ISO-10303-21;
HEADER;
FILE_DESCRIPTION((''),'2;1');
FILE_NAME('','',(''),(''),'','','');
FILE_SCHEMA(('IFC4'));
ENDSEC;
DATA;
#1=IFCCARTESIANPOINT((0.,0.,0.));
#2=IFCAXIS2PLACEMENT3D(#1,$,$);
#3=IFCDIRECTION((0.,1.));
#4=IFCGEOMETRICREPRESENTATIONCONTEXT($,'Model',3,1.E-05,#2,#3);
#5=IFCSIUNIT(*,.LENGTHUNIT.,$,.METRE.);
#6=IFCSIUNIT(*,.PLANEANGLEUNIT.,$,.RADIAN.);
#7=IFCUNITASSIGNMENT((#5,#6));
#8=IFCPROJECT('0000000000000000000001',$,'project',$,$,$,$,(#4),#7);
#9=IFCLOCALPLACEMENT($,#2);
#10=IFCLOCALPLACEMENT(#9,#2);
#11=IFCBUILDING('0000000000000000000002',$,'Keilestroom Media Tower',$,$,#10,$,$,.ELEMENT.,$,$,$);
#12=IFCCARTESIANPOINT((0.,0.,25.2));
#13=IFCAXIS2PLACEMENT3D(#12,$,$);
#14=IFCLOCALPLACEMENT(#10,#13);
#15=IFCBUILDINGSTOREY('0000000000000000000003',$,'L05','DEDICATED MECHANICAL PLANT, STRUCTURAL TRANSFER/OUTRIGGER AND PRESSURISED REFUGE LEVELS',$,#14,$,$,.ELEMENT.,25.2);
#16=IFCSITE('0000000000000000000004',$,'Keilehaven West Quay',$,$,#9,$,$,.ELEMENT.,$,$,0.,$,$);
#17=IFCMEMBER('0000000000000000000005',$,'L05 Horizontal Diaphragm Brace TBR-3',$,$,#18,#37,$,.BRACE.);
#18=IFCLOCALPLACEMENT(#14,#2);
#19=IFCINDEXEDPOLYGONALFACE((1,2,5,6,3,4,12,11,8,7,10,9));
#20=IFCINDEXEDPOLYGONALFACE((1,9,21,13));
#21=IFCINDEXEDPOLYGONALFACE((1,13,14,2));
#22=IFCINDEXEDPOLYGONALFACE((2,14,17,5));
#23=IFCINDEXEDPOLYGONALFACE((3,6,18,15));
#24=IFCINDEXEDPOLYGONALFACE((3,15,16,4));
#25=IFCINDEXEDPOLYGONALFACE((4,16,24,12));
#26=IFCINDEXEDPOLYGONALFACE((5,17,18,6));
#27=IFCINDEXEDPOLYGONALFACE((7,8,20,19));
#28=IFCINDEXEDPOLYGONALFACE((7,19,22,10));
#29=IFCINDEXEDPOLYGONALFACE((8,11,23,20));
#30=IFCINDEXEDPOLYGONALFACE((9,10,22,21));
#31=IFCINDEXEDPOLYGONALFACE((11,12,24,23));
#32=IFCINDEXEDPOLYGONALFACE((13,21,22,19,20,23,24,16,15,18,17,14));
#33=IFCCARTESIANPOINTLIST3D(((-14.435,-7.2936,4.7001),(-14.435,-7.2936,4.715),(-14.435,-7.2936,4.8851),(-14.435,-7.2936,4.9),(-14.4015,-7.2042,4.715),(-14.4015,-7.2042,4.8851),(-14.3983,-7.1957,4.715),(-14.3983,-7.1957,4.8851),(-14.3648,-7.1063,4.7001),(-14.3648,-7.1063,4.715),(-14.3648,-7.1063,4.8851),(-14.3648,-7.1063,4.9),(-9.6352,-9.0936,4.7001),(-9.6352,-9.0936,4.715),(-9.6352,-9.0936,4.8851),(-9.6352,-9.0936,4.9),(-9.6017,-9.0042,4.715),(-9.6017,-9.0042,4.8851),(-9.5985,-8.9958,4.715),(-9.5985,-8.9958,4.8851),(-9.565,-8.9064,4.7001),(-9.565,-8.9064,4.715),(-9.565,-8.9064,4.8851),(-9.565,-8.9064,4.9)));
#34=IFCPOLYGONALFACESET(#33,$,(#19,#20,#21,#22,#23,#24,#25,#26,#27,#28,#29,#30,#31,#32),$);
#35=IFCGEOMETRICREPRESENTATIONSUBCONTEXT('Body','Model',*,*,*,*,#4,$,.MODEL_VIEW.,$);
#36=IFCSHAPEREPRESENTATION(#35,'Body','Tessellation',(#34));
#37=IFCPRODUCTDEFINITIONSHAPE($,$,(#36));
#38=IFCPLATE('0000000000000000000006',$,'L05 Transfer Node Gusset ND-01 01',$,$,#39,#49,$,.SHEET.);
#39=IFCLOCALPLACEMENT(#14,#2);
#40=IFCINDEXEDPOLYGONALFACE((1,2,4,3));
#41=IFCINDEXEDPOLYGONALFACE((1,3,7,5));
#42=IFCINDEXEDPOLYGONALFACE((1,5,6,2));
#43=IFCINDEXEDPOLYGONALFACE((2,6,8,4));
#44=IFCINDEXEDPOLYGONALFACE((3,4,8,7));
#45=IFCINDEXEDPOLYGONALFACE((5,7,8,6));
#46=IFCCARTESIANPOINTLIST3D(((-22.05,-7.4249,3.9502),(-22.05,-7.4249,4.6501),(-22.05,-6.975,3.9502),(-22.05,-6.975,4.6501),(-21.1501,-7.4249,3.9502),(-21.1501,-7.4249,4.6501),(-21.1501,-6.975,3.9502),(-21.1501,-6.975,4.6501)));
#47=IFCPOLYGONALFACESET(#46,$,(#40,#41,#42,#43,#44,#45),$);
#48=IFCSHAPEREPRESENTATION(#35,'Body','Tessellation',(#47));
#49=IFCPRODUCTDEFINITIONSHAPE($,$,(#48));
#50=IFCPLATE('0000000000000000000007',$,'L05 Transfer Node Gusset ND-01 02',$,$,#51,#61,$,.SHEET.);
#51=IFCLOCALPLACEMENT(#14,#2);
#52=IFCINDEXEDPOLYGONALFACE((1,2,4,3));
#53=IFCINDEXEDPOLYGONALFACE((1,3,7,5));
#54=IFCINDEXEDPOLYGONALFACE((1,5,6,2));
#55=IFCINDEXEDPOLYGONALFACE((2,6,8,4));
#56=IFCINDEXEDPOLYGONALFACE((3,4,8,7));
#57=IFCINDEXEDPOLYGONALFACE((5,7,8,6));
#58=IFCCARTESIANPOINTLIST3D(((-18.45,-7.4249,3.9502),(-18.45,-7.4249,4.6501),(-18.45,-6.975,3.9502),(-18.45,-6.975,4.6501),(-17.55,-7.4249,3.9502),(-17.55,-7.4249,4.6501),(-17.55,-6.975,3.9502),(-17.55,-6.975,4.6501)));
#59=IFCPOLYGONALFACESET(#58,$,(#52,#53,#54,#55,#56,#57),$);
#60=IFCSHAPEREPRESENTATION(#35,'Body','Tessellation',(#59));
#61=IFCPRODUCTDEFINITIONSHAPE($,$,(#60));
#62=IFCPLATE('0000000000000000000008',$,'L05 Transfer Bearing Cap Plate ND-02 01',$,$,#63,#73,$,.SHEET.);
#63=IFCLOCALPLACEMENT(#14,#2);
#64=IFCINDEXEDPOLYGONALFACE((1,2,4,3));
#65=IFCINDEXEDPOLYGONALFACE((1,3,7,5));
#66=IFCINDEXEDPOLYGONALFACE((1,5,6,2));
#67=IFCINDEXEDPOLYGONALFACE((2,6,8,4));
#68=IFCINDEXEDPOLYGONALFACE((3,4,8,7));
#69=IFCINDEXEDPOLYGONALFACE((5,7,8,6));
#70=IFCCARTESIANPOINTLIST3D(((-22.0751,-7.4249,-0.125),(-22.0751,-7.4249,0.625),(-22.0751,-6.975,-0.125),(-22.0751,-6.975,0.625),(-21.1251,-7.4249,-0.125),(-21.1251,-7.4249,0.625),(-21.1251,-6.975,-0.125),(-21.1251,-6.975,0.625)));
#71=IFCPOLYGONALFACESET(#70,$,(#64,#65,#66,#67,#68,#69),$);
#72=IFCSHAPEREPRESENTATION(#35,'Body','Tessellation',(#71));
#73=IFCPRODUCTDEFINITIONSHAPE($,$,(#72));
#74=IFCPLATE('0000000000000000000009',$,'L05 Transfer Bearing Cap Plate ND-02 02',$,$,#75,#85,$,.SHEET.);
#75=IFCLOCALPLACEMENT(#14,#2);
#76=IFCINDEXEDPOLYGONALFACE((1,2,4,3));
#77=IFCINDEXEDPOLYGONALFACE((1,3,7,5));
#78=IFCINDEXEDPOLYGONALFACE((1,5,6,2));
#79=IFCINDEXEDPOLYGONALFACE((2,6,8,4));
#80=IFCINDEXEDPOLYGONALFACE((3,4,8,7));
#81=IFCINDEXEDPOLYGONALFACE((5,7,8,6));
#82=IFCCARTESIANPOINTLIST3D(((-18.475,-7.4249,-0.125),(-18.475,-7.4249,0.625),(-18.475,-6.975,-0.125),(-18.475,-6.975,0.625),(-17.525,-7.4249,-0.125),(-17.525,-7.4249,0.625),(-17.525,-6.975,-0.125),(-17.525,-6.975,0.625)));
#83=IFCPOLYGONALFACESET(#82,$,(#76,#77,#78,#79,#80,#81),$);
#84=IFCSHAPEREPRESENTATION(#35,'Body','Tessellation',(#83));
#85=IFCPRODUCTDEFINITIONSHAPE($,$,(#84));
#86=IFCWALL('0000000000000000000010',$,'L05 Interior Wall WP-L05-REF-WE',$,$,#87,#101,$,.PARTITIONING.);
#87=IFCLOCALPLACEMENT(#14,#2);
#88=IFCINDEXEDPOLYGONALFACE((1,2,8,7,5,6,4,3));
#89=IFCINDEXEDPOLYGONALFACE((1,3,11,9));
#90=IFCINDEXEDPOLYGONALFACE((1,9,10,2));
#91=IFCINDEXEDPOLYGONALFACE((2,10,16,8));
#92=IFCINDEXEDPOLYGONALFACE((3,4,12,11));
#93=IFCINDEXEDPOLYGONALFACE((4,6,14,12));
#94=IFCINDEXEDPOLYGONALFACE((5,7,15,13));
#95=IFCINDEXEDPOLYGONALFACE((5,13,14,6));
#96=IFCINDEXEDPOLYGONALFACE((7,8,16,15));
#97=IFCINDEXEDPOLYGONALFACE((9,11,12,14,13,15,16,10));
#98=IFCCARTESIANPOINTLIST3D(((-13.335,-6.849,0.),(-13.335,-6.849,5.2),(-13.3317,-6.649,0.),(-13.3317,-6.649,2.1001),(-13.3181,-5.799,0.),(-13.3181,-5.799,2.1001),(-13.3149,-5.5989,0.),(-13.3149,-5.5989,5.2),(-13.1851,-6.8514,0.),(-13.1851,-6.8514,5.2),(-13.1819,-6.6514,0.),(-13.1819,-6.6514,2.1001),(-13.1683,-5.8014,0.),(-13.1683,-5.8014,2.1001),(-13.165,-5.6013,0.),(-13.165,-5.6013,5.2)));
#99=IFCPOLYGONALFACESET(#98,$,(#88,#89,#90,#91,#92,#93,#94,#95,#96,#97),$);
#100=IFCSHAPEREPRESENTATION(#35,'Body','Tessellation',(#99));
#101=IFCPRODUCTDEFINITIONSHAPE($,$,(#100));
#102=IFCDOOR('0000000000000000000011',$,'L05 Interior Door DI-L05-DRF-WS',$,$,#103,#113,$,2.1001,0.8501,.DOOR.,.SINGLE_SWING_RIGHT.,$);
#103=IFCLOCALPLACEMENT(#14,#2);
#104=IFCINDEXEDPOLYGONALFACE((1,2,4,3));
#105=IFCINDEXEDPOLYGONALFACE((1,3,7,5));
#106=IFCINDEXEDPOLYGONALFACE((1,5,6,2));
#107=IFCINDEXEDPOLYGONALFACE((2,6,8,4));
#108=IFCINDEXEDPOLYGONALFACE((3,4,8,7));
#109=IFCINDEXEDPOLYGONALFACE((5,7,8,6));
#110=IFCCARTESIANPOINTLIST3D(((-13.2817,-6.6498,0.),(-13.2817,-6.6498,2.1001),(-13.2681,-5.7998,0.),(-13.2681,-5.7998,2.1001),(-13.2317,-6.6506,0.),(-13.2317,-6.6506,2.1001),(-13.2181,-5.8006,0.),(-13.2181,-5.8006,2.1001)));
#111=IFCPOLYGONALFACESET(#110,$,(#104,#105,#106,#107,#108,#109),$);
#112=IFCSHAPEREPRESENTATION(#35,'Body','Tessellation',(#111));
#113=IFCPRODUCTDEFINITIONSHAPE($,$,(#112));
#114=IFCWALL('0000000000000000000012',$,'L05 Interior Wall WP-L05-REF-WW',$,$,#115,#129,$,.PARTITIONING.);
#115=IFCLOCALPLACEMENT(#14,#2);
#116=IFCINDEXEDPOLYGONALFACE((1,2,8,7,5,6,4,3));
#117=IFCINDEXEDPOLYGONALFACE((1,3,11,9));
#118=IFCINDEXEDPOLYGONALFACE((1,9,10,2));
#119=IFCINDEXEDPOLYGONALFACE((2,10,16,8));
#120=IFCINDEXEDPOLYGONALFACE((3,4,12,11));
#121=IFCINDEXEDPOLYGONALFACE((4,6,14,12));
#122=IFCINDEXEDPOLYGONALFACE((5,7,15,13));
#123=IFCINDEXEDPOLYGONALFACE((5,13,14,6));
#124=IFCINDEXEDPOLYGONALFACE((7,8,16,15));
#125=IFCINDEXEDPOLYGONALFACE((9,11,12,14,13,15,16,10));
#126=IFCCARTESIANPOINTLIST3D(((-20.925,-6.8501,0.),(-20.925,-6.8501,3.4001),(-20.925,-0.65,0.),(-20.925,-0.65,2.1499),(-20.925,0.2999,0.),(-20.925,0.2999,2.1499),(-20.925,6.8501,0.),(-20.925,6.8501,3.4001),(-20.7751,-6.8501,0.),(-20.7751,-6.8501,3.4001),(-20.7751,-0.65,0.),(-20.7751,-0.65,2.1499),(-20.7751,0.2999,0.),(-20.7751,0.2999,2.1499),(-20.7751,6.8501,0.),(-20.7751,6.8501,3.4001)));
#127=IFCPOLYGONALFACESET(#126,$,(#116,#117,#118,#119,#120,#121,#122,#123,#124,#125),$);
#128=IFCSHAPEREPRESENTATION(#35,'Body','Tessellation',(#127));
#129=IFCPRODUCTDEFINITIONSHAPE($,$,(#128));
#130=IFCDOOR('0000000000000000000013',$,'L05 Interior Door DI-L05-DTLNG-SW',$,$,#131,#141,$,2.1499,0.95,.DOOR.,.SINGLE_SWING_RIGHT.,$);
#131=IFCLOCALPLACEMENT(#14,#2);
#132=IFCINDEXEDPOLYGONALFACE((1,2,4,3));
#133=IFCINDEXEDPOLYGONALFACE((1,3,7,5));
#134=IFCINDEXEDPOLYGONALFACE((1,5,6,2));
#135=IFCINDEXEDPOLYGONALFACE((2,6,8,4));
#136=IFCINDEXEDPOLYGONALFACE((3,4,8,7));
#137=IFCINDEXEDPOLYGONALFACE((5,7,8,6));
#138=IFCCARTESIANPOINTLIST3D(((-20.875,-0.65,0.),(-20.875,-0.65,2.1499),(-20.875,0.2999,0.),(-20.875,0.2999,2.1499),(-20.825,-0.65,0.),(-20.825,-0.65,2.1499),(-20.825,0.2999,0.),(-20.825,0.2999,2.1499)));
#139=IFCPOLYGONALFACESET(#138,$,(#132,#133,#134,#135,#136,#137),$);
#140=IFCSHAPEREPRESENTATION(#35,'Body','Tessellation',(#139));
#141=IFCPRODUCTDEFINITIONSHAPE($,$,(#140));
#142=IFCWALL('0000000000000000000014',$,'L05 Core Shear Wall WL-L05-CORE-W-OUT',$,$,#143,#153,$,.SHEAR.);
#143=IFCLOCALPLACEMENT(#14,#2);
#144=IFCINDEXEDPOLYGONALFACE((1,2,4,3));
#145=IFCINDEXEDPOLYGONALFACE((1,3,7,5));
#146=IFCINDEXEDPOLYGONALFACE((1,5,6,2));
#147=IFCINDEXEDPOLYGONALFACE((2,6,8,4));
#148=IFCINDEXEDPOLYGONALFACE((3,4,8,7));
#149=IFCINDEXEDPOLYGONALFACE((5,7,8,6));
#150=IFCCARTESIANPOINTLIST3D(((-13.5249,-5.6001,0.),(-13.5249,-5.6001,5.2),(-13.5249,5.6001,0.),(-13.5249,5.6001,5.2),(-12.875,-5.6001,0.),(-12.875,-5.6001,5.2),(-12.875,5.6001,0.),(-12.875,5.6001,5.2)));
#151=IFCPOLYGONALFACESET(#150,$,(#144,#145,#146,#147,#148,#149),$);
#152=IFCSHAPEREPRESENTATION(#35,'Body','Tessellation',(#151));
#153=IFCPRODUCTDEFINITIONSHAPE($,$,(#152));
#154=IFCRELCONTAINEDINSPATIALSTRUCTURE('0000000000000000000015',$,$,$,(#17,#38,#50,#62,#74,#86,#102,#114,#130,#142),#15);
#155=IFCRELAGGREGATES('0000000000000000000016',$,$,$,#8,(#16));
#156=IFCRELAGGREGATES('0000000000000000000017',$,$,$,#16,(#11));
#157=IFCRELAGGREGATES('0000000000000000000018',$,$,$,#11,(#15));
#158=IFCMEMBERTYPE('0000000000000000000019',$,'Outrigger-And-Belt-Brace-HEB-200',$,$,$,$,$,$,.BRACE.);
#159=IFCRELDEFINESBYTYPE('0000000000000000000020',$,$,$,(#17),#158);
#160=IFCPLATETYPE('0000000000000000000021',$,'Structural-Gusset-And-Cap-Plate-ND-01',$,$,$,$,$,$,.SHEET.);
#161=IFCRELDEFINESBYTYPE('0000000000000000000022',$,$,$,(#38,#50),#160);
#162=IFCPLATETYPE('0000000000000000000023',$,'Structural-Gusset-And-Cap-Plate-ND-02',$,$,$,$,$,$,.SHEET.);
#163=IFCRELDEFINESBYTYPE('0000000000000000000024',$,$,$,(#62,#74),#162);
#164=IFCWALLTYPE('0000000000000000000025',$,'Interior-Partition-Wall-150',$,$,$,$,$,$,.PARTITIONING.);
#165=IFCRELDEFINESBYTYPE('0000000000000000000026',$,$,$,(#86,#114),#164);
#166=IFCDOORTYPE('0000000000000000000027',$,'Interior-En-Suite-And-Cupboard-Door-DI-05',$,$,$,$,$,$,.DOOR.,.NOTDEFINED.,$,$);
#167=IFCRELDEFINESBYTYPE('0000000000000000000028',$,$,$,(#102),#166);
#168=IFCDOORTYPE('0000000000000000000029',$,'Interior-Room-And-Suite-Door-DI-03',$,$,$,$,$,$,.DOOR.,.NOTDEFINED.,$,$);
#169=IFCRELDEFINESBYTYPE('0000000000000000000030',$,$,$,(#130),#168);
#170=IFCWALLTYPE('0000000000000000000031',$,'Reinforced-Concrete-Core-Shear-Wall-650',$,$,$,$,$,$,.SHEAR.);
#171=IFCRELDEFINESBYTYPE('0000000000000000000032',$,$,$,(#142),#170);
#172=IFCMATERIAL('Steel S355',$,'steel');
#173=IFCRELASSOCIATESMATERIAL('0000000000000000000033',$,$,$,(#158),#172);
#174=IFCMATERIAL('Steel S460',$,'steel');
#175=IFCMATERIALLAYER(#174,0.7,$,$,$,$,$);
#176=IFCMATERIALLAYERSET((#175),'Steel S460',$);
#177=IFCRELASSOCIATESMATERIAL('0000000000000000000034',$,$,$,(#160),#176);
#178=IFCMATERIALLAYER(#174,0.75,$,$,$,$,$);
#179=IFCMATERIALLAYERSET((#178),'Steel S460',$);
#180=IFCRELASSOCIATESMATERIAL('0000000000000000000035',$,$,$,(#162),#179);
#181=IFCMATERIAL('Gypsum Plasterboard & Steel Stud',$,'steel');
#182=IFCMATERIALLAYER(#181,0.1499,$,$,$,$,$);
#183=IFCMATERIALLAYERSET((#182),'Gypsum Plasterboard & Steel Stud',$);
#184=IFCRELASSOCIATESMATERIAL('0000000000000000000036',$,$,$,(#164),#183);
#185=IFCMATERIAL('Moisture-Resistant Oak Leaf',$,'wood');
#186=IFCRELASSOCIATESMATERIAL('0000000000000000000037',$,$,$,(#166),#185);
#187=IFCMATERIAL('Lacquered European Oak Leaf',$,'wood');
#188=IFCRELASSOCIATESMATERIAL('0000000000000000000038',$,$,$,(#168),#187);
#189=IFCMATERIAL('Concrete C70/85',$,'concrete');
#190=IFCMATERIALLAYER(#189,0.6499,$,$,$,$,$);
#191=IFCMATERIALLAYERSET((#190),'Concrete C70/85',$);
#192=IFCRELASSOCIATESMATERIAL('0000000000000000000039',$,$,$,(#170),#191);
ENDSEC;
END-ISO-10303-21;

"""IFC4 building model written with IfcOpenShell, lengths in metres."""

from ifc_helpers import new_model, si_unit, direction, frame, frame_2d, origin, origin_2d, place, context, subcontext, project, spatial, rectangle, i_section, extrude, source, transform, mapped, material, layer, layer_set, material_profile, profile_set, type_object, element, fill, save


model = new_model("IFC4")

# Units and contexts
model_context = context("Model", 3, precision=1e-05, world=origin(), true_north=direction((0.0, 1.0)))
body_context = subcontext(model_context, "Body", "Model", "MODEL_VIEW")
ifc_project = project(units=[si_unit("LENGTHUNIT", "METRE"), si_unit("PLANEANGLEUNIT", "RADIAN")], contexts=[model_context])

# Site, building, storey
site_placement = place(None, origin())
site = spatial("IfcSite", under=ifc_project, at=site_placement, Name="Keilehaven West Quay", CompositionType="ELEMENT", RefElevation=0.0)
building_placement = place(site_placement, origin())
building = spatial("IfcBuilding", under=site, at=building_placement, Name="Keilestroom Media Tower", CompositionType="ELEMENT")
storey_placement = place(building_placement, frame((0.0, 0.0, 25.2)))
storey = spatial("IfcBuildingStorey", under=building, at=storey_placement, Name="L05", Description="DEDICATED MECHANICAL PLANT, STRUCTURAL TRANSFER/OUTRIGGER AND PRESSURISED REFUGE LEVELS", CompositionType="ELEMENT", Elevation=25.2)

# Shared definitions
ifc_material_1 = material(Name="Concrete C70/85", Category="concrete")

# Shared definitions
ifc_material_2 = material(Name="Steel S355", Category="steel")
ifc_material_3 = material(Name="Steel S460", Category="steel")

# Member
ifc_material_profile_1 = material_profile(ifc_material_2, i_section(OverallWidth=0.2, OverallDepth=0.2, WebThickness=0.009, FlangeThickness=0.0149, at=origin_2d()), Name="HEB 200")
ifc_profile_set_1 = profile_set([ifc_material_profile_1], Name="Steel S355")
member_type_1 = type_object("IfcMemberType", Name="Outrigger-And-Belt-Brace-HEB-200", PredefinedType="BRACE", material=ifc_profile_set_1)
shared_shape_1 = source(origin(), body_context, "Body", "SweptSolid", [
    extrude(i_section(OverallWidth=0.2, OverallDepth=0.2, WebThickness=0.009, FlangeThickness=0.0149, at=origin_2d()), origin(), (0.0, 0.0, 1.0), 5.1262),
])
member_1_placement = place(storey_placement, frame((-14.3999, -7.2, 4.8), z_axis=(0.936321, -0.351144, 0.0), x_axis=(0.351144, 0.936321, 0.0)))
element("IfcMember", 1, at=member_1_placement, inside=storey, type_object=member_type_1, Name="L05 Horizontal Diaphragm Brace TBR-3", PredefinedType="BRACE", context=body_context, shape_type="MappedRepresentation", body=[
    mapped(shared_shape_1, transform((0.0, 0.0, 0.0), x_axis=(1.0, 0.0, 0.0), y_axis=(0.0, 1.0, 0.0), z_axis=(0.0, 0.0, 1.0), scale=1.0)),
])

# Plates
ifc_layer_1 = layer(ifc_material_3, 0.7)
ifc_layer_set_1 = layer_set([ifc_layer_1], Name="Steel S460")
plate_type_1 = type_object("IfcPlateType", Name="Structural-Gusset-And-Cap-Plate-ND-01", PredefinedType="SHEET", material=ifc_layer_set_1)
shared_shape_2 = source(origin(), body_context, "Body", "SweptSolid", [
    extrude(rectangle(XDim=0.8999, YDim=0.45, at=origin_2d()), origin(), (0.0, 0.0, 1.0), 0.7),
])
for number, where, z_axis, x_axis, name in (
    (2, (-21.6001, -7.2, 3.9502), (0.0, 0.0, 1.0), (1.0, 0.0, 0.0), "L05 Transfer Node Gusset ND-01 01"),
    (3, (-18.0, -7.2, 3.9502), (0.0, 0.0, 1.0), (1.0, 0.0, 0.0), "L05 Transfer Node Gusset ND-01 02"),
):
    element("IfcPlate", number, at=place(storey_placement, frame(where, z_axis=z_axis, x_axis=x_axis)), inside=storey, type_object=plate_type_1, Name=name, PredefinedType="SHEET", context=body_context, shape_type="MappedRepresentation", body=[
        mapped(shared_shape_2, transform((0.0, 0.0, 0.0), x_axis=(1.0, 0.0, 0.0), y_axis=(0.0, 1.0, 0.0), z_axis=(0.0, 0.0, 1.0), scale=1.0)),
    ])
ifc_layer_2 = layer(ifc_material_3, 0.75)
ifc_layer_set_2 = layer_set([ifc_layer_2], Name="Steel S460")
plate_type_2 = type_object("IfcPlateType", Name="Structural-Gusset-And-Cap-Plate-ND-02", PredefinedType="SHEET", material=ifc_layer_set_2)
shared_shape_3 = source(origin(), body_context, "Body", "SweptSolid", [
    extrude(rectangle(XDim=0.95, YDim=0.45, at=origin_2d()), origin(), (0.0, 0.0, 1.0), 0.75),
])
for number, where, z_axis, x_axis, name in (
    (4, (-21.6001, -7.2, -0.125), (0.0, 0.0, 1.0), (1.0, 0.0, 0.0), "L05 Transfer Bearing Cap Plate ND-02 01"),
    (5, (-18.0, -7.2, -0.125), (0.0, 0.0, 1.0), (1.0, 0.0, 0.0), "L05 Transfer Bearing Cap Plate ND-02 02"),
):
    element("IfcPlate", number, at=place(storey_placement, frame(where, z_axis=z_axis, x_axis=x_axis)), inside=storey, type_object=plate_type_2, Name=name, PredefinedType="SHEET", context=body_context, shape_type="MappedRepresentation", body=[
        mapped(shared_shape_3, transform((0.0, 0.0, 0.0), x_axis=(1.0, 0.0, 0.0), y_axis=(0.0, 1.0, 0.0), z_axis=(0.0, 0.0, 1.0), scale=1.0)),
    ])

# Walls, openings, doors
ifc_material_4 = material(Name="Gypsum Plasterboard & Steel Stud", Category="steel")
ifc_layer_3 = layer(ifc_material_4, 0.1499)
ifc_layer_set_3 = layer_set([ifc_layer_3], Name="Gypsum Plasterboard & Steel Stud")
wall_type_1 = type_object("IfcWallType", Name="Interior-Partition-Wall-150", PredefinedType="PARTITIONING", material=ifc_layer_set_3)
wall_1_placement = place(storey_placement, frame((-13.26, -6.8501, 0.0), z_axis=(0.0, 0.0, 1.0), x_axis=(0.016014, 0.999872, 0.0)))
wall_1 = element("IfcWall", 6, at=wall_1_placement, inside=storey, type_object=wall_type_1, Name="L05 Interior Wall WP-L05-REF-WE", PredefinedType="PARTITIONING", context=body_context, shape_type="SweptSolid", body=[
    extrude(rectangle(XDim=1.2502, YDim=0.1499, at=frame_2d((0.625, 0.0))), origin(), (0.0, 0.0, 1.0), 5.2),
])
opening_1_placement = place(wall_1_placement, frame((0.2, 0.0, 0.0)))
opening_1 = element("IfcOpeningElement", 7, at=opening_1_placement, cuts=wall_1, PredefinedType="OPENING", context=body_context, shape_type="SweptSolid", body=[
    extrude(rectangle(XDim=0.8501, YDim=2.1001, at=frame_2d((0.425, 1.05))), frame((0.0, 0.085, 0.0), z_axis=(0.0, -1.0, 0.0), x_axis=(1.0, 0.0, 0.0)), (0.0, 0.0, 1.0), 0.1699),
])
ifc_material_5 = material(Name="Moisture-Resistant Oak Leaf", Category="wood")
door_type_1 = type_object("IfcDoorType", Name="Interior-En-Suite-And-Cupboard-Door-DI-05", OperationType="NOTDEFINED", PredefinedType="DOOR", material=ifc_material_5)
shared_shape_4 = source(origin(), body_context, "Body", "SweptSolid", [
    extrude(rectangle(XDim=0.8501, YDim=2.1001, at=frame_2d((0.425, 1.05))), frame((0.0, 0.0249, 0.0), z_axis=(0.0, -1.0, 0.0), x_axis=(1.0, 0.0, 0.0)), (0.0, 0.0, 1.0), 0.05),
])
door_1_placement = place(opening_1_placement, origin())
door_1 = element("IfcDoor", 8, at=door_1_placement, inside=storey, type_object=door_type_1, Name="L05 Interior Door DI-L05-DRF-WS", OperationType="SINGLE_SWING_RIGHT", OverallHeight=2.1001, OverallWidth=0.8501, PredefinedType="DOOR", context=body_context, shape_type="MappedRepresentation", body=[
    mapped(shared_shape_4, transform((0.0, 0.0, 0.0), x_axis=(1.0, 0.0, 0.0), y_axis=(0.0, 1.0, 0.0), z_axis=(0.0, 0.0, 1.0), scale=1.0)),
])
fill(opening_1, door_1)
wall_2_placement = place(storey_placement, frame((-20.8501, -6.8501, 0.0), z_axis=(0.0, 0.0, 1.0), x_axis=(0.0, 1.0, 0.0)))
wall_2 = element("IfcWall", 9, at=wall_2_placement, inside=storey, type_object=wall_type_1, Name="L05 Interior Wall WP-L05-REF-WW", PredefinedType="PARTITIONING", context=body_context, shape_type="SweptSolid", body=[
    extrude(rectangle(XDim=13.7002, YDim=0.1499, at=frame_2d((6.8501, 0.0))), origin(), (0.0, 0.0, 1.0), 3.4001),
])
opening_2_placement = place(wall_2_placement, frame((6.2, 0.0, 0.0)))
opening_2 = element("IfcOpeningElement", 10, at=opening_2_placement, cuts=wall_2, PredefinedType="OPENING", context=body_context, shape_type="SweptSolid", body=[
    extrude(rectangle(XDim=0.95, YDim=2.1499, at=frame_2d((0.4751, 1.075))), frame((0.0, 0.085, 0.0), z_axis=(0.0, -1.0, 0.0), x_axis=(1.0, 0.0, 0.0)), (0.0, 0.0, 1.0), 0.1699),
])
ifc_material_6 = material(Name="Lacquered European Oak Leaf", Category="wood")
door_type_2 = type_object("IfcDoorType", Name="Interior-Room-And-Suite-Door-DI-03", OperationType="NOTDEFINED", PredefinedType="DOOR", material=ifc_material_6)
shared_shape_5 = source(origin(), body_context, "Body", "SweptSolid", [
    extrude(rectangle(XDim=0.95, YDim=2.1499, at=frame_2d((0.4751, 1.075))), frame((0.0, 0.0249, 0.0), z_axis=(0.0, -1.0, 0.0), x_axis=(1.0, 0.0, 0.0)), (0.0, 0.0, 1.0), 0.05),
])
door_2_placement = place(opening_2_placement, origin())
door_2 = element("IfcDoor", 11, at=door_2_placement, inside=storey, type_object=door_type_2, Name="L05 Interior Door DI-L05-DTLNG-SW", OperationType="SINGLE_SWING_RIGHT", OverallHeight=2.1499, OverallWidth=0.95, PredefinedType="DOOR", context=body_context, shape_type="MappedRepresentation", body=[
    mapped(shared_shape_5, transform((0.0, 0.0, 0.0), x_axis=(1.0, 0.0, 0.0), y_axis=(0.0, 1.0, 0.0), z_axis=(0.0, 0.0, 1.0), scale=1.0)),
])
fill(opening_2, door_2)

# Wall
ifc_layer_4 = layer(ifc_material_1, 0.6499)
ifc_layer_set_4 = layer_set([ifc_layer_4], Name="Concrete C70/85")
wall_type_2 = type_object("IfcWallType", Name="Reinforced-Concrete-Core-Shear-Wall-650", PredefinedType="SHEAR", material=ifc_layer_set_4)
wall_3_placement = place(storey_placement, frame((-13.2, -5.6001, 0.0), z_axis=(0.0, 0.0, 1.0), x_axis=(0.0, 1.0, 0.0)))
element("IfcWall", 12, at=wall_3_placement, inside=storey, type_object=wall_type_2, Name="L05 Core Shear Wall WL-L05-CORE-W-OUT", PredefinedType="SHEAR", context=body_context, shape_type="SweptSolid", body=[
    extrude(rectangle(XDim=11.2002, YDim=0.6499, at=frame_2d((5.6001, 0.0))), origin(), (0.0, 0.0, 1.0), 5.2),
])

save(model, "model.ifc")
